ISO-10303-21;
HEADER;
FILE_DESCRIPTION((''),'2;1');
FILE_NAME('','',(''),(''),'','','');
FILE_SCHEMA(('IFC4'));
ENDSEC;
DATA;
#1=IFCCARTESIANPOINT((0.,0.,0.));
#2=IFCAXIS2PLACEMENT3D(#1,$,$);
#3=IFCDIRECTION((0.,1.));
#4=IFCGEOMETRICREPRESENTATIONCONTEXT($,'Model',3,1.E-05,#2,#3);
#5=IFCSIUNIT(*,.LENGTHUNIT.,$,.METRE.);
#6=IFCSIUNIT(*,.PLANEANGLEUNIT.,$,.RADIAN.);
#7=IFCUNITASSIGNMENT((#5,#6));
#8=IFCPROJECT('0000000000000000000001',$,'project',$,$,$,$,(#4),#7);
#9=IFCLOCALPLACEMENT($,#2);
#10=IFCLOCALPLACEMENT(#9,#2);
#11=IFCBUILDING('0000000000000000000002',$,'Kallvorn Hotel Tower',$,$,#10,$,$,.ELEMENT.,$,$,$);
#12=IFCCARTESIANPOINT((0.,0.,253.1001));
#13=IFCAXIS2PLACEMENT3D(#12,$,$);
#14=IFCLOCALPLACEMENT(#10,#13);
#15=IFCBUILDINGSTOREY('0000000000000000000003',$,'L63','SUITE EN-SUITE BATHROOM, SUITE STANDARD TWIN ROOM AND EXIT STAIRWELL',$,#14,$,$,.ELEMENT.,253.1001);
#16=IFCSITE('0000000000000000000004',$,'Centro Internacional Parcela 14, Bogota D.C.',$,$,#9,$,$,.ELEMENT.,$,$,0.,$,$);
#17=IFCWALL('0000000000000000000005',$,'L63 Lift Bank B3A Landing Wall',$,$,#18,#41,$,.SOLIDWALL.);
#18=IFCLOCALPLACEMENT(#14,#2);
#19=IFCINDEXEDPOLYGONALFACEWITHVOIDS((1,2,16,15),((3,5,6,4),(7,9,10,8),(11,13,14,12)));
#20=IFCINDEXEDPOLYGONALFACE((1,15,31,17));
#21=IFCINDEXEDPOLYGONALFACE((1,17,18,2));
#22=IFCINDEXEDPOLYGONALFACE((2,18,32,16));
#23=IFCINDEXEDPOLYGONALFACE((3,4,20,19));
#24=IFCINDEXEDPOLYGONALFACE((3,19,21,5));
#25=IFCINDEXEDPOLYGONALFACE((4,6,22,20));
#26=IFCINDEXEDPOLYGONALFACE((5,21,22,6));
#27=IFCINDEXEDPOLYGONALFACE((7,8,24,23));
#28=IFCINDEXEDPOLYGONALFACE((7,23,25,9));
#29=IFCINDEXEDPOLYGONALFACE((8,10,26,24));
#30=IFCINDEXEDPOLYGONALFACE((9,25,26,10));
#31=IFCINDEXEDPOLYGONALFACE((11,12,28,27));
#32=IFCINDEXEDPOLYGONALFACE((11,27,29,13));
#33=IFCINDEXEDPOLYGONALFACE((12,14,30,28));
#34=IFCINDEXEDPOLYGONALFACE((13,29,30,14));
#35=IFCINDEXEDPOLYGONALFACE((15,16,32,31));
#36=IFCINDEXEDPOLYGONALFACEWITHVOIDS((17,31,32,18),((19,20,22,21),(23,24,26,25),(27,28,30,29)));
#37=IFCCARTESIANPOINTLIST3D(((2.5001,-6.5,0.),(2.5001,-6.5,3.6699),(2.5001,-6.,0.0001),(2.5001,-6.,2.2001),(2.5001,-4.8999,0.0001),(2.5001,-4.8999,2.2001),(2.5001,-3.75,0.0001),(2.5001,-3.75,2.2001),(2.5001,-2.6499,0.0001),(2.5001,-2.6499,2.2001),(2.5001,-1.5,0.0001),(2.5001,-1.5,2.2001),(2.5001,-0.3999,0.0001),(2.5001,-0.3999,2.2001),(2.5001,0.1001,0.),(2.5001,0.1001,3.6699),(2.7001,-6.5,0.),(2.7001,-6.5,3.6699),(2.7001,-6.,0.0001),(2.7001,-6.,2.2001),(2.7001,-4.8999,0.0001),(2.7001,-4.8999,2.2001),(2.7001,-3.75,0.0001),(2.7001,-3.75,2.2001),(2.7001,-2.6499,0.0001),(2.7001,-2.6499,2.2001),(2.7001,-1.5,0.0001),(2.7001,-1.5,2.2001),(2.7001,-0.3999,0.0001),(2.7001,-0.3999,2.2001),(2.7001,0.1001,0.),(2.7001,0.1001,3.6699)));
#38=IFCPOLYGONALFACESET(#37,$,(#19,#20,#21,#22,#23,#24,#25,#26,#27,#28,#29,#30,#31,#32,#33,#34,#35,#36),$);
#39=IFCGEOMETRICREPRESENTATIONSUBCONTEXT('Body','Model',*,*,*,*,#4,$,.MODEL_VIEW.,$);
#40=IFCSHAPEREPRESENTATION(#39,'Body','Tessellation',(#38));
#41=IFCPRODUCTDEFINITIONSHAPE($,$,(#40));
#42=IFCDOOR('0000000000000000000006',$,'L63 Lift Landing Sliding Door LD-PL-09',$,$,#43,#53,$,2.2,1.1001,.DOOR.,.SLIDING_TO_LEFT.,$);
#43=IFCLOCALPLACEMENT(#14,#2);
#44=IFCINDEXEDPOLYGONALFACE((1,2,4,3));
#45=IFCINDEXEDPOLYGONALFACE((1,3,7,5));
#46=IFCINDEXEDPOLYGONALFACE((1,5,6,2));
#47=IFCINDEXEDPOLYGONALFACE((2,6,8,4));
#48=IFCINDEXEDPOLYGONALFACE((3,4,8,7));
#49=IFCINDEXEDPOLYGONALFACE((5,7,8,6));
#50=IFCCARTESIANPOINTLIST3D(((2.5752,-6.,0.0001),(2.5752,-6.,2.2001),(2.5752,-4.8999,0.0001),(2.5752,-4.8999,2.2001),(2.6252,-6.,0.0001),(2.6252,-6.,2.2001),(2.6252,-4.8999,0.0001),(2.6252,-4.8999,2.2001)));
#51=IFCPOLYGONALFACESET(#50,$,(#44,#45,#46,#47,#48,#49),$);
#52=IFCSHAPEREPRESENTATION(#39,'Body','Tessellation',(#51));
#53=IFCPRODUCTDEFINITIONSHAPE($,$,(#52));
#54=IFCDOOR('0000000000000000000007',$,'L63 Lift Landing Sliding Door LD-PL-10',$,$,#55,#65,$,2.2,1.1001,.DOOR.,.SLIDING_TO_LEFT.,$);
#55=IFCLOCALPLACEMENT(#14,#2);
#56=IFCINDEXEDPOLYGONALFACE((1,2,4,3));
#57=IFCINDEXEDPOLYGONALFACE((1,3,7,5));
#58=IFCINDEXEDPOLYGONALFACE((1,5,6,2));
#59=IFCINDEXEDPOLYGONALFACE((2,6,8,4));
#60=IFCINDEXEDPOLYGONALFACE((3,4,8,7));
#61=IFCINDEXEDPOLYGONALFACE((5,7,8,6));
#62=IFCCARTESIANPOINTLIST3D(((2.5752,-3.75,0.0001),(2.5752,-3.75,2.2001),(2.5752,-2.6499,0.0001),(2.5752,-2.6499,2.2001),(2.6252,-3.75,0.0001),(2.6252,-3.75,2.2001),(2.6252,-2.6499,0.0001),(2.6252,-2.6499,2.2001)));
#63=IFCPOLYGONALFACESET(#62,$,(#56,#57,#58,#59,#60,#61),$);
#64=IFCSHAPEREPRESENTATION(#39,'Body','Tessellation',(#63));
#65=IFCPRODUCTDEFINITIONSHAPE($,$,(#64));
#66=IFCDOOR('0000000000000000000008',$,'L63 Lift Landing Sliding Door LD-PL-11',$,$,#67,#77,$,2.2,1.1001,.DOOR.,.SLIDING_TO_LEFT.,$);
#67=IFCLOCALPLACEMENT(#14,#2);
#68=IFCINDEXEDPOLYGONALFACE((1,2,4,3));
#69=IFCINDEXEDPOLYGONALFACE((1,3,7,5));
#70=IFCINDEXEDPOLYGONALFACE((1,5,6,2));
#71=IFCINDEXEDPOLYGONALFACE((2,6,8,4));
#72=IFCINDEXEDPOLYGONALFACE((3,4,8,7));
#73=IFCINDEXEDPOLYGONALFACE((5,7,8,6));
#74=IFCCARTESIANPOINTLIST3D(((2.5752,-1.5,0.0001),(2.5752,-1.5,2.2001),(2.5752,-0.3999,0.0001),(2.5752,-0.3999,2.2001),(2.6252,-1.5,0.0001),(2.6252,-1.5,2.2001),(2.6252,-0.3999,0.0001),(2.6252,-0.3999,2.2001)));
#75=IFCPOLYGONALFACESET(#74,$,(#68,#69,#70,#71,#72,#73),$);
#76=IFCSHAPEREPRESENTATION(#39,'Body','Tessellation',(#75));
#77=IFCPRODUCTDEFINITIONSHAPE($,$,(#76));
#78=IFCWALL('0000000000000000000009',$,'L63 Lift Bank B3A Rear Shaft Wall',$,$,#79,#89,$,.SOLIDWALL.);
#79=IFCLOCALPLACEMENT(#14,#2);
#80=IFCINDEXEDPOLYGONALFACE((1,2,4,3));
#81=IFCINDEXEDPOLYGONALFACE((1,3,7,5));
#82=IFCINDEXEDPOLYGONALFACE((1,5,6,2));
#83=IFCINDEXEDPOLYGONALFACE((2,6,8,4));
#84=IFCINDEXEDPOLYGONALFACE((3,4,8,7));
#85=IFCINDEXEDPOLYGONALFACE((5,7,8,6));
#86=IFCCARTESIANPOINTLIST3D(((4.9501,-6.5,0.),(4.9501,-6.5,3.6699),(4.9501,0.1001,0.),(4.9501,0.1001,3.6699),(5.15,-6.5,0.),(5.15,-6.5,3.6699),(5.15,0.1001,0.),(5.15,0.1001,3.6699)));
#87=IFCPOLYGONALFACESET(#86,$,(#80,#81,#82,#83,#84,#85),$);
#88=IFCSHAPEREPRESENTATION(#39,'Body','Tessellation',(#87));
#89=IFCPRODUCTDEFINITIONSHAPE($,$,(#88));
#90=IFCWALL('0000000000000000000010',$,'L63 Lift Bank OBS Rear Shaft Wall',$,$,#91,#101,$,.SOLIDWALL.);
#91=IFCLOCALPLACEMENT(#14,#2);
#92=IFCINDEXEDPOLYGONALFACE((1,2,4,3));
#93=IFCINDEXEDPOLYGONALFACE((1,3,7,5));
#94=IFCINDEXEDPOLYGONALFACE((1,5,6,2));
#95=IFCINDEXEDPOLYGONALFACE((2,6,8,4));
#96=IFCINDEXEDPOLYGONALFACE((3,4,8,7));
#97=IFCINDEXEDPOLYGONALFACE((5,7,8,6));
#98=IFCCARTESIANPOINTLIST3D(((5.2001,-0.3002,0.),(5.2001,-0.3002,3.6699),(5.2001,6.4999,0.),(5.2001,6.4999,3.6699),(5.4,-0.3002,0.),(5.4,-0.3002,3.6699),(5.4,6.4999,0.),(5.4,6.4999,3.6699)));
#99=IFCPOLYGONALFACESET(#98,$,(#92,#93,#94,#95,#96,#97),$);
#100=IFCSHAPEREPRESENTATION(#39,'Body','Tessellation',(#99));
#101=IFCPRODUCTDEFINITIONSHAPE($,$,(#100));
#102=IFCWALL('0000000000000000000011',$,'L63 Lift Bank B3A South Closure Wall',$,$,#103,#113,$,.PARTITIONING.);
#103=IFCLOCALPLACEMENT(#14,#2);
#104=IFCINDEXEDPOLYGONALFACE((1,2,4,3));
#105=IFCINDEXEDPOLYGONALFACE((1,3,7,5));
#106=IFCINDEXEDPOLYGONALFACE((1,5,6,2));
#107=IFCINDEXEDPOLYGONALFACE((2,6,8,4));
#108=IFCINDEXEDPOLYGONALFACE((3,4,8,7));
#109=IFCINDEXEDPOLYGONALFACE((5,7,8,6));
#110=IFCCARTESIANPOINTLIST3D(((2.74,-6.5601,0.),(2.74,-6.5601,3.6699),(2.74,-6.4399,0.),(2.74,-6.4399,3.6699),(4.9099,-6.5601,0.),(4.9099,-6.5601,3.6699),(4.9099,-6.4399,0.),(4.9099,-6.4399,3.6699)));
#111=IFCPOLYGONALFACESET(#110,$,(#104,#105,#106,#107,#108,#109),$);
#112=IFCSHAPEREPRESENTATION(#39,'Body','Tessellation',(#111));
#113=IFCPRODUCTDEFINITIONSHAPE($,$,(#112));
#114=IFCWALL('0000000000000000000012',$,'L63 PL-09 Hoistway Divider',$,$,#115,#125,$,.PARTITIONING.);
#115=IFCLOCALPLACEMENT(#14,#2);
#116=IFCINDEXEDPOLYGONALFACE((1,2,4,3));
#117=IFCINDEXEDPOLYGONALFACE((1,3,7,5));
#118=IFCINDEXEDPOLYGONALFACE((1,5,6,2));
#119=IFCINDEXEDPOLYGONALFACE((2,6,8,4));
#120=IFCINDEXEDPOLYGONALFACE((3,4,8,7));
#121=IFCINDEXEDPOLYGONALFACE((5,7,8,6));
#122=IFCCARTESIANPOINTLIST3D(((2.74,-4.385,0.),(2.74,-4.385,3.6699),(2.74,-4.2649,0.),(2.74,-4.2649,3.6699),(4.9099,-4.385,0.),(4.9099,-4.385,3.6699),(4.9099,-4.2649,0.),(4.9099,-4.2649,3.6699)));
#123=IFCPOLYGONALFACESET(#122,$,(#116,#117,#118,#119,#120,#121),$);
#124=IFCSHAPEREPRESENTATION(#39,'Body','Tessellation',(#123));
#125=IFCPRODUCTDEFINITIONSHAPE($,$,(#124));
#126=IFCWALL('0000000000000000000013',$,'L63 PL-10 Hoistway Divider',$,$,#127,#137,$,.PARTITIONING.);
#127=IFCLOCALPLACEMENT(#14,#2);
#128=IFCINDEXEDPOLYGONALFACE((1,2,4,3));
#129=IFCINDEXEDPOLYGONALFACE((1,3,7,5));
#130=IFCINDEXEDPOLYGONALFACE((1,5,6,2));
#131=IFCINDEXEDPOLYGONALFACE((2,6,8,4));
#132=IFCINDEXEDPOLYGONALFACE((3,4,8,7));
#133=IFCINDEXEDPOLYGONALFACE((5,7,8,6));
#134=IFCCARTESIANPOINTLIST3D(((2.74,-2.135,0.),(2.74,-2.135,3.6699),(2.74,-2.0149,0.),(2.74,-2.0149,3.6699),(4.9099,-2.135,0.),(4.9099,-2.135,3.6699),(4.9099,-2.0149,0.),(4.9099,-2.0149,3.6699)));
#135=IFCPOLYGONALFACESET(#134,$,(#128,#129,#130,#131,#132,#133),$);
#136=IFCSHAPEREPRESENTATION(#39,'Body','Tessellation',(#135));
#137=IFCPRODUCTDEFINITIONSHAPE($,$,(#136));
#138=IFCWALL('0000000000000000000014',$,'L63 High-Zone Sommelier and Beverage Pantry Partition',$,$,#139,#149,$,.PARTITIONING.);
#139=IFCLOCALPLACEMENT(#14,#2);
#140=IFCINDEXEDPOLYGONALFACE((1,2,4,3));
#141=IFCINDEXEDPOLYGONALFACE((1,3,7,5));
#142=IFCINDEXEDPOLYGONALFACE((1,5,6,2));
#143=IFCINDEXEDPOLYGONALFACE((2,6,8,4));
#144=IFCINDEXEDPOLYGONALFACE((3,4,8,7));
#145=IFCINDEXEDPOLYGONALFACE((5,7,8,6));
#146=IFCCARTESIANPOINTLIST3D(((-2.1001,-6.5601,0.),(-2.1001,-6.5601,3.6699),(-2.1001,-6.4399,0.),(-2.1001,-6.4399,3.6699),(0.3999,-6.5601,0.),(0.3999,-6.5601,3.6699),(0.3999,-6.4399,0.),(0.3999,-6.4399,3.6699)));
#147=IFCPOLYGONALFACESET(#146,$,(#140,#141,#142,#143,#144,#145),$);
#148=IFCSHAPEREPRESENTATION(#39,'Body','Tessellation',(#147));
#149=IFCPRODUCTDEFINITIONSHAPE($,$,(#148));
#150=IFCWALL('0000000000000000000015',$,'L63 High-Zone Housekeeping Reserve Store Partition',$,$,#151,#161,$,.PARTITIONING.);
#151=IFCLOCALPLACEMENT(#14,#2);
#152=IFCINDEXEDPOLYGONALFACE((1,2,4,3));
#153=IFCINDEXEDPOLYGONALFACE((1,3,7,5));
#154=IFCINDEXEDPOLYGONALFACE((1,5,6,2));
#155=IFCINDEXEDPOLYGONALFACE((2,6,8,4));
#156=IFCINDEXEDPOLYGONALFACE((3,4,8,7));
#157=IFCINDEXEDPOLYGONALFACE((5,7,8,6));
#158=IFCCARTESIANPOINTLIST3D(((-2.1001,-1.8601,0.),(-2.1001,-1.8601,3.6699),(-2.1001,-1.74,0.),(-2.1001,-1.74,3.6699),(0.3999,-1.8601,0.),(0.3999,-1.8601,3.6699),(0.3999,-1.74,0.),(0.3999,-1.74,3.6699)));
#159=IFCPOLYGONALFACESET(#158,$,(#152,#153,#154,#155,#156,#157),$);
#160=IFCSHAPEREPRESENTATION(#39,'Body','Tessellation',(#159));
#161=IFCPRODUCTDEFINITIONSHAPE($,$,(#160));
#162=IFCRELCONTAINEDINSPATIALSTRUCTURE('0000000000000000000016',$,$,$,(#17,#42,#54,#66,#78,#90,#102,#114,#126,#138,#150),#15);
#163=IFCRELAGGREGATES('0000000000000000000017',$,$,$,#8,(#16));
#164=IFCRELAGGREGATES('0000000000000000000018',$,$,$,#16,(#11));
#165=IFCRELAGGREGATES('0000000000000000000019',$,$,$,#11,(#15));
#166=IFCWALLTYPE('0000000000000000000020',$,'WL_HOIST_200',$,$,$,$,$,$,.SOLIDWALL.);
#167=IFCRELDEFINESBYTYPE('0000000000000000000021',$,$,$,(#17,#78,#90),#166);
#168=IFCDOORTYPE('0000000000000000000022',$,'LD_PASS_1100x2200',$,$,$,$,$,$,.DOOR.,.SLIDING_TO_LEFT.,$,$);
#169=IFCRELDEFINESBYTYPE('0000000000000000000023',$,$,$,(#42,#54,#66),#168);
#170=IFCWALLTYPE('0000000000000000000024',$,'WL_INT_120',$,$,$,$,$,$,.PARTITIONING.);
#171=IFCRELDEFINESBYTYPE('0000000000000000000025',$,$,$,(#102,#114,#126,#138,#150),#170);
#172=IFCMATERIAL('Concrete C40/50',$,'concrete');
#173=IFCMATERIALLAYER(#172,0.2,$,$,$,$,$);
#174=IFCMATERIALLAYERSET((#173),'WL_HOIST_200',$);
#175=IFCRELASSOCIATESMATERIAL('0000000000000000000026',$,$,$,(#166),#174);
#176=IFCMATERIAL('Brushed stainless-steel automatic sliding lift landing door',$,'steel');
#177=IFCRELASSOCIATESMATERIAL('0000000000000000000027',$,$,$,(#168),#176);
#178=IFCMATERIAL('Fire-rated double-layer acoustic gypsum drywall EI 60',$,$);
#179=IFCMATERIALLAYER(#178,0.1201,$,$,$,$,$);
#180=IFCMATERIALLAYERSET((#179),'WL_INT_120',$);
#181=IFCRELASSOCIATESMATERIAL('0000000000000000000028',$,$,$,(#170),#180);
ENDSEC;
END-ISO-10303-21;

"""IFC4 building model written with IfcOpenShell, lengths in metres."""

from ifc_helpers import new_model, si_unit, direction, frame, frame_2d, origin, place, context, subcontext, project, spatial, rectangle, extrude, material, layer, layer_set, type_object, element, fill, save


model = new_model("IFC4")

# Units and contexts
model_context = context("Model", 3, precision=1e-05, world=origin(), true_north=direction((0.0, 1.0)))
body_context = subcontext(model_context, "Body", "Model", "MODEL_VIEW")
ifc_project = project(units=[si_unit("LENGTHUNIT", "METRE"), si_unit("PLANEANGLEUNIT", "RADIAN")], contexts=[model_context])

# Site, building, storey
site_placement = place(None, origin())
site = spatial("IfcSite", under=ifc_project, at=site_placement, Name="Centro Internacional Parcela 14, Bogota D.C.", CompositionType="ELEMENT", RefElevation=0.0)
building_placement = place(site_placement, origin())
building = spatial("IfcBuilding", under=site, at=building_placement, Name="Kallvorn Hotel Tower", CompositionType="ELEMENT")
storey_placement = place(building_placement, frame((0.0, 0.0, 253.1001)))
storey = spatial("IfcBuildingStorey", under=building, at=storey_placement, Name="L63", Description="SUITE EN-SUITE BATHROOM, SUITE STANDARD TWIN ROOM AND EXIT STAIRWELL", CompositionType="ELEMENT", Elevation=253.1001)

# Wall, openings, doors
ifc_material_1 = material(Name="Concrete C40/50", Category="concrete")
ifc_layer_1 = layer(ifc_material_1, 0.2)
ifc_layer_set_1 = layer_set([ifc_layer_1], Name="WL_HOIST_200")
wall_type_1 = type_object("IfcWallType", Name="WL_HOIST_200", PredefinedType="SOLIDWALL", material=ifc_layer_set_1)
wall_1_placement = place(storey_placement, frame((2.6001, -6.5, 0.0), z_axis=(0.0, 0.0, 1.0), x_axis=(0.0, 1.0, 0.0)))
wall_1 = element("IfcWall", 1, at=wall_1_placement, inside=storey, type_object=wall_type_1, Name="L63 Lift Bank B3A Landing Wall", PredefinedType="SOLIDWALL", context=body_context, shape_type="SweptSolid", body=[
    extrude(rectangle(XDim=6.6001, YDim=0.2, at=frame_2d((3.3, 0.0))), origin(), (0.0, 0.0, 1.0), 3.6699),
])
opening_1_placement = place(wall_1_placement, frame((0.5, 0.0, 0.0)))
opening_1 = element("IfcOpeningElement", 2, at=opening_1_placement, cuts=wall_1, PredefinedType="OPENING", context=body_context, shape_type="SweptSolid", body=[
    extrude(rectangle(XDim=1.1001, YDim=2.2, at=frame_2d((0.55, 1.1001))), frame((0.0, 0.115, 0.0), z_axis=(0.0, -1.0, 0.0), x_axis=(1.0, 0.0, 0.0)), (0.0, 0.0, 1.0), 0.23),
])
opening_2_placement = place(wall_1_placement, frame((2.75, 0.0, 0.0)))
opening_2 = element("IfcOpeningElement", 3, at=opening_2_placement, cuts=wall_1, PredefinedType="OPENING", context=body_context, shape_type="SweptSolid", body=[
    extrude(rectangle(XDim=1.1001, YDim=2.2, at=frame_2d((0.55, 1.1001))), frame((0.0, 0.115, 0.0), z_axis=(0.0, -1.0, 0.0), x_axis=(1.0, 0.0, 0.0)), (0.0, 0.0, 1.0), 0.23),
])
opening_3_placement = place(wall_1_placement, frame((5.0, 0.0, 0.0)))
opening_3 = element("IfcOpeningElement", 4, at=opening_3_placement, cuts=wall_1, PredefinedType="OPENING", context=body_context, shape_type="SweptSolid", body=[
    extrude(rectangle(XDim=1.1001, YDim=2.2, at=frame_2d((0.55, 1.1001))), frame((0.0, 0.115, 0.0), z_axis=(0.0, -1.0, 0.0), x_axis=(1.0, 0.0, 0.0)), (0.0, 0.0, 1.0), 0.23),
])
ifc_material_2 = material(Name="Brushed stainless-steel automatic sliding lift landing door", Category="steel")
door_type_1 = type_object("IfcDoorType", Name="LD_PASS_1100x2200", OperationType="SLIDING_TO_LEFT", PredefinedType="DOOR", material=ifc_material_2)
door_1_placement = place(opening_1_placement, origin())
door_1 = element("IfcDoor", 5, at=door_1_placement, inside=storey, type_object=door_type_1, Name="L63 Lift Landing Sliding Door LD-PL-09", OperationType="SLIDING_TO_LEFT", OverallHeight=2.2, OverallWidth=1.1001, PredefinedType="DOOR", context=body_context, shape_type="SweptSolid", body=[
    extrude(rectangle(XDim=1.1001, YDim=2.2, at=frame_2d((0.55, 1.1001))), frame((0.0, 0.0249, 0.0), z_axis=(0.0, -1.0, 0.0), x_axis=(1.0, 0.0, 0.0)), (0.0, 0.0, 1.0), 0.05),
])
fill(opening_1, door_1)
door_2_placement = place(opening_2_placement, origin())
door_2 = element("IfcDoor", 6, at=door_2_placement, inside=storey, type_object=door_type_1, Name="L63 Lift Landing Sliding Door LD-PL-10", OperationType="SLIDING_TO_LEFT", OverallHeight=2.2, OverallWidth=1.1001, PredefinedType="DOOR", context=body_context, shape_type="SweptSolid", body=[
    extrude(rectangle(XDim=1.1001, YDim=2.2, at=frame_2d((0.55, 1.1001))), frame((0.0, 0.0249, 0.0), z_axis=(0.0, -1.0, 0.0), x_axis=(1.0, 0.0, 0.0)), (0.0, 0.0, 1.0), 0.05),
])
fill(opening_2, door_2)
door_3_placement = place(opening_3_placement, origin())
door_3 = element("IfcDoor", 7, at=door_3_placement, inside=storey, type_object=door_type_1, Name="L63 Lift Landing Sliding Door LD-PL-11", OperationType="SLIDING_TO_LEFT", OverallHeight=2.2, OverallWidth=1.1001, PredefinedType="DOOR", context=body_context, shape_type="SweptSolid", body=[
    extrude(rectangle(XDim=1.1001, YDim=2.2, at=frame_2d((0.55, 1.1001))), frame((0.0, 0.0249, 0.0), z_axis=(0.0, -1.0, 0.0), x_axis=(1.0, 0.0, 0.0)), (0.0, 0.0, 1.0), 0.05),
])
fill(opening_3, door_3)

# Walls
wall_2_placement = place(storey_placement, frame((5.05, -6.5, 0.0), z_axis=(0.0, 0.0, 1.0), x_axis=(0.0, 1.0, 0.0)))
element("IfcWall", 8, at=wall_2_placement, inside=storey, type_object=wall_type_1, Name="L63 Lift Bank B3A Rear Shaft Wall", PredefinedType="SOLIDWALL", context=body_context, shape_type="SweptSolid", body=[
    extrude(rectangle(XDim=6.6001, YDim=0.2, at=frame_2d((3.3, 0.0))), origin(), (0.0, 0.0, 1.0), 3.6699),
])
wall_3_placement = place(storey_placement, frame((5.3, -0.3, 0.0), z_axis=(0.0, 0.0, 1.0), x_axis=(0.0, 1.0, 0.0)))
element("IfcWall", 9, at=wall_3_placement, inside=storey, type_object=wall_type_1, Name="L63 Lift Bank OBS Rear Shaft Wall", PredefinedType="SOLIDWALL", context=body_context, shape_type="SweptSolid", body=[
    extrude(rectangle(XDim=6.8, YDim=0.2, at=frame_2d((3.3999, 0.0))), origin(), (0.0, 0.0, 1.0), 3.6699),
])
ifc_material_3 = material(Name="Fire-rated double-layer acoustic gypsum drywall EI 60")
ifc_layer_2 = layer(ifc_material_3, 0.1201)
ifc_layer_set_2 = layer_set([ifc_layer_2], Name="WL_INT_120")
wall_type_2 = type_object("IfcWallType", Name="WL_INT_120", PredefinedType="PARTITIONING", material=ifc_layer_set_2)
for number, where, z_axis, x_axis, name in (
    (10, (2.74, -6.5, 0.0), (0.0, 0.0, 1.0), (1.0, 0.0, 0.0), "L63 Lift Bank B3A South Closure Wall"),
    (11, (2.74, -4.325, 0.0), (0.0, 0.0, 1.0), (1.0, 0.0, 0.0), "L63 PL-09 Hoistway Divider"),
    (12, (2.74, -2.075, 0.0), (0.0, 0.0, 1.0), (1.0, 0.0, 0.0), "L63 PL-10 Hoistway Divider"),
):
    element("IfcWall", number, at=place(storey_placement, frame(where, z_axis=z_axis, x_axis=x_axis)), inside=storey, type_object=wall_type_2, Name=name, PredefinedType="PARTITIONING", context=body_context, shape_type="SweptSolid", body=[
        extrude(rectangle(XDim=2.1699, YDim=0.1201, at=frame_2d((1.085, 0.0))), origin(), (0.0, 0.0, 1.0), 3.6699),
    ])
for number, where, z_axis, x_axis, name in (
    (13, (-2.1001, -6.5, 0.0), (0.0, 0.0, 1.0), (1.0, 0.0, 0.0), "L63 High-Zone Sommelier and Beverage Pantry Partition"),
    (14, (-2.1001, -1.8, 0.0), (0.0, 0.0, 1.0), (1.0, 0.0, 0.0), "L63 High-Zone Housekeeping Reserve Store Partition"),
):
    element("IfcWall", number, at=place(storey_placement, frame(where, z_axis=z_axis, x_axis=x_axis)), inside=storey, type_object=wall_type_2, Name=name, PredefinedType="PARTITIONING", context=body_context, shape_type="SweptSolid", body=[
        extrude(rectangle(XDim=2.5, YDim=0.1201, at=frame_2d((1.25, 0.0))), origin(), (0.0, 0.0, 1.0), 3.6699),
    ])

save(model, "model.ifc")
